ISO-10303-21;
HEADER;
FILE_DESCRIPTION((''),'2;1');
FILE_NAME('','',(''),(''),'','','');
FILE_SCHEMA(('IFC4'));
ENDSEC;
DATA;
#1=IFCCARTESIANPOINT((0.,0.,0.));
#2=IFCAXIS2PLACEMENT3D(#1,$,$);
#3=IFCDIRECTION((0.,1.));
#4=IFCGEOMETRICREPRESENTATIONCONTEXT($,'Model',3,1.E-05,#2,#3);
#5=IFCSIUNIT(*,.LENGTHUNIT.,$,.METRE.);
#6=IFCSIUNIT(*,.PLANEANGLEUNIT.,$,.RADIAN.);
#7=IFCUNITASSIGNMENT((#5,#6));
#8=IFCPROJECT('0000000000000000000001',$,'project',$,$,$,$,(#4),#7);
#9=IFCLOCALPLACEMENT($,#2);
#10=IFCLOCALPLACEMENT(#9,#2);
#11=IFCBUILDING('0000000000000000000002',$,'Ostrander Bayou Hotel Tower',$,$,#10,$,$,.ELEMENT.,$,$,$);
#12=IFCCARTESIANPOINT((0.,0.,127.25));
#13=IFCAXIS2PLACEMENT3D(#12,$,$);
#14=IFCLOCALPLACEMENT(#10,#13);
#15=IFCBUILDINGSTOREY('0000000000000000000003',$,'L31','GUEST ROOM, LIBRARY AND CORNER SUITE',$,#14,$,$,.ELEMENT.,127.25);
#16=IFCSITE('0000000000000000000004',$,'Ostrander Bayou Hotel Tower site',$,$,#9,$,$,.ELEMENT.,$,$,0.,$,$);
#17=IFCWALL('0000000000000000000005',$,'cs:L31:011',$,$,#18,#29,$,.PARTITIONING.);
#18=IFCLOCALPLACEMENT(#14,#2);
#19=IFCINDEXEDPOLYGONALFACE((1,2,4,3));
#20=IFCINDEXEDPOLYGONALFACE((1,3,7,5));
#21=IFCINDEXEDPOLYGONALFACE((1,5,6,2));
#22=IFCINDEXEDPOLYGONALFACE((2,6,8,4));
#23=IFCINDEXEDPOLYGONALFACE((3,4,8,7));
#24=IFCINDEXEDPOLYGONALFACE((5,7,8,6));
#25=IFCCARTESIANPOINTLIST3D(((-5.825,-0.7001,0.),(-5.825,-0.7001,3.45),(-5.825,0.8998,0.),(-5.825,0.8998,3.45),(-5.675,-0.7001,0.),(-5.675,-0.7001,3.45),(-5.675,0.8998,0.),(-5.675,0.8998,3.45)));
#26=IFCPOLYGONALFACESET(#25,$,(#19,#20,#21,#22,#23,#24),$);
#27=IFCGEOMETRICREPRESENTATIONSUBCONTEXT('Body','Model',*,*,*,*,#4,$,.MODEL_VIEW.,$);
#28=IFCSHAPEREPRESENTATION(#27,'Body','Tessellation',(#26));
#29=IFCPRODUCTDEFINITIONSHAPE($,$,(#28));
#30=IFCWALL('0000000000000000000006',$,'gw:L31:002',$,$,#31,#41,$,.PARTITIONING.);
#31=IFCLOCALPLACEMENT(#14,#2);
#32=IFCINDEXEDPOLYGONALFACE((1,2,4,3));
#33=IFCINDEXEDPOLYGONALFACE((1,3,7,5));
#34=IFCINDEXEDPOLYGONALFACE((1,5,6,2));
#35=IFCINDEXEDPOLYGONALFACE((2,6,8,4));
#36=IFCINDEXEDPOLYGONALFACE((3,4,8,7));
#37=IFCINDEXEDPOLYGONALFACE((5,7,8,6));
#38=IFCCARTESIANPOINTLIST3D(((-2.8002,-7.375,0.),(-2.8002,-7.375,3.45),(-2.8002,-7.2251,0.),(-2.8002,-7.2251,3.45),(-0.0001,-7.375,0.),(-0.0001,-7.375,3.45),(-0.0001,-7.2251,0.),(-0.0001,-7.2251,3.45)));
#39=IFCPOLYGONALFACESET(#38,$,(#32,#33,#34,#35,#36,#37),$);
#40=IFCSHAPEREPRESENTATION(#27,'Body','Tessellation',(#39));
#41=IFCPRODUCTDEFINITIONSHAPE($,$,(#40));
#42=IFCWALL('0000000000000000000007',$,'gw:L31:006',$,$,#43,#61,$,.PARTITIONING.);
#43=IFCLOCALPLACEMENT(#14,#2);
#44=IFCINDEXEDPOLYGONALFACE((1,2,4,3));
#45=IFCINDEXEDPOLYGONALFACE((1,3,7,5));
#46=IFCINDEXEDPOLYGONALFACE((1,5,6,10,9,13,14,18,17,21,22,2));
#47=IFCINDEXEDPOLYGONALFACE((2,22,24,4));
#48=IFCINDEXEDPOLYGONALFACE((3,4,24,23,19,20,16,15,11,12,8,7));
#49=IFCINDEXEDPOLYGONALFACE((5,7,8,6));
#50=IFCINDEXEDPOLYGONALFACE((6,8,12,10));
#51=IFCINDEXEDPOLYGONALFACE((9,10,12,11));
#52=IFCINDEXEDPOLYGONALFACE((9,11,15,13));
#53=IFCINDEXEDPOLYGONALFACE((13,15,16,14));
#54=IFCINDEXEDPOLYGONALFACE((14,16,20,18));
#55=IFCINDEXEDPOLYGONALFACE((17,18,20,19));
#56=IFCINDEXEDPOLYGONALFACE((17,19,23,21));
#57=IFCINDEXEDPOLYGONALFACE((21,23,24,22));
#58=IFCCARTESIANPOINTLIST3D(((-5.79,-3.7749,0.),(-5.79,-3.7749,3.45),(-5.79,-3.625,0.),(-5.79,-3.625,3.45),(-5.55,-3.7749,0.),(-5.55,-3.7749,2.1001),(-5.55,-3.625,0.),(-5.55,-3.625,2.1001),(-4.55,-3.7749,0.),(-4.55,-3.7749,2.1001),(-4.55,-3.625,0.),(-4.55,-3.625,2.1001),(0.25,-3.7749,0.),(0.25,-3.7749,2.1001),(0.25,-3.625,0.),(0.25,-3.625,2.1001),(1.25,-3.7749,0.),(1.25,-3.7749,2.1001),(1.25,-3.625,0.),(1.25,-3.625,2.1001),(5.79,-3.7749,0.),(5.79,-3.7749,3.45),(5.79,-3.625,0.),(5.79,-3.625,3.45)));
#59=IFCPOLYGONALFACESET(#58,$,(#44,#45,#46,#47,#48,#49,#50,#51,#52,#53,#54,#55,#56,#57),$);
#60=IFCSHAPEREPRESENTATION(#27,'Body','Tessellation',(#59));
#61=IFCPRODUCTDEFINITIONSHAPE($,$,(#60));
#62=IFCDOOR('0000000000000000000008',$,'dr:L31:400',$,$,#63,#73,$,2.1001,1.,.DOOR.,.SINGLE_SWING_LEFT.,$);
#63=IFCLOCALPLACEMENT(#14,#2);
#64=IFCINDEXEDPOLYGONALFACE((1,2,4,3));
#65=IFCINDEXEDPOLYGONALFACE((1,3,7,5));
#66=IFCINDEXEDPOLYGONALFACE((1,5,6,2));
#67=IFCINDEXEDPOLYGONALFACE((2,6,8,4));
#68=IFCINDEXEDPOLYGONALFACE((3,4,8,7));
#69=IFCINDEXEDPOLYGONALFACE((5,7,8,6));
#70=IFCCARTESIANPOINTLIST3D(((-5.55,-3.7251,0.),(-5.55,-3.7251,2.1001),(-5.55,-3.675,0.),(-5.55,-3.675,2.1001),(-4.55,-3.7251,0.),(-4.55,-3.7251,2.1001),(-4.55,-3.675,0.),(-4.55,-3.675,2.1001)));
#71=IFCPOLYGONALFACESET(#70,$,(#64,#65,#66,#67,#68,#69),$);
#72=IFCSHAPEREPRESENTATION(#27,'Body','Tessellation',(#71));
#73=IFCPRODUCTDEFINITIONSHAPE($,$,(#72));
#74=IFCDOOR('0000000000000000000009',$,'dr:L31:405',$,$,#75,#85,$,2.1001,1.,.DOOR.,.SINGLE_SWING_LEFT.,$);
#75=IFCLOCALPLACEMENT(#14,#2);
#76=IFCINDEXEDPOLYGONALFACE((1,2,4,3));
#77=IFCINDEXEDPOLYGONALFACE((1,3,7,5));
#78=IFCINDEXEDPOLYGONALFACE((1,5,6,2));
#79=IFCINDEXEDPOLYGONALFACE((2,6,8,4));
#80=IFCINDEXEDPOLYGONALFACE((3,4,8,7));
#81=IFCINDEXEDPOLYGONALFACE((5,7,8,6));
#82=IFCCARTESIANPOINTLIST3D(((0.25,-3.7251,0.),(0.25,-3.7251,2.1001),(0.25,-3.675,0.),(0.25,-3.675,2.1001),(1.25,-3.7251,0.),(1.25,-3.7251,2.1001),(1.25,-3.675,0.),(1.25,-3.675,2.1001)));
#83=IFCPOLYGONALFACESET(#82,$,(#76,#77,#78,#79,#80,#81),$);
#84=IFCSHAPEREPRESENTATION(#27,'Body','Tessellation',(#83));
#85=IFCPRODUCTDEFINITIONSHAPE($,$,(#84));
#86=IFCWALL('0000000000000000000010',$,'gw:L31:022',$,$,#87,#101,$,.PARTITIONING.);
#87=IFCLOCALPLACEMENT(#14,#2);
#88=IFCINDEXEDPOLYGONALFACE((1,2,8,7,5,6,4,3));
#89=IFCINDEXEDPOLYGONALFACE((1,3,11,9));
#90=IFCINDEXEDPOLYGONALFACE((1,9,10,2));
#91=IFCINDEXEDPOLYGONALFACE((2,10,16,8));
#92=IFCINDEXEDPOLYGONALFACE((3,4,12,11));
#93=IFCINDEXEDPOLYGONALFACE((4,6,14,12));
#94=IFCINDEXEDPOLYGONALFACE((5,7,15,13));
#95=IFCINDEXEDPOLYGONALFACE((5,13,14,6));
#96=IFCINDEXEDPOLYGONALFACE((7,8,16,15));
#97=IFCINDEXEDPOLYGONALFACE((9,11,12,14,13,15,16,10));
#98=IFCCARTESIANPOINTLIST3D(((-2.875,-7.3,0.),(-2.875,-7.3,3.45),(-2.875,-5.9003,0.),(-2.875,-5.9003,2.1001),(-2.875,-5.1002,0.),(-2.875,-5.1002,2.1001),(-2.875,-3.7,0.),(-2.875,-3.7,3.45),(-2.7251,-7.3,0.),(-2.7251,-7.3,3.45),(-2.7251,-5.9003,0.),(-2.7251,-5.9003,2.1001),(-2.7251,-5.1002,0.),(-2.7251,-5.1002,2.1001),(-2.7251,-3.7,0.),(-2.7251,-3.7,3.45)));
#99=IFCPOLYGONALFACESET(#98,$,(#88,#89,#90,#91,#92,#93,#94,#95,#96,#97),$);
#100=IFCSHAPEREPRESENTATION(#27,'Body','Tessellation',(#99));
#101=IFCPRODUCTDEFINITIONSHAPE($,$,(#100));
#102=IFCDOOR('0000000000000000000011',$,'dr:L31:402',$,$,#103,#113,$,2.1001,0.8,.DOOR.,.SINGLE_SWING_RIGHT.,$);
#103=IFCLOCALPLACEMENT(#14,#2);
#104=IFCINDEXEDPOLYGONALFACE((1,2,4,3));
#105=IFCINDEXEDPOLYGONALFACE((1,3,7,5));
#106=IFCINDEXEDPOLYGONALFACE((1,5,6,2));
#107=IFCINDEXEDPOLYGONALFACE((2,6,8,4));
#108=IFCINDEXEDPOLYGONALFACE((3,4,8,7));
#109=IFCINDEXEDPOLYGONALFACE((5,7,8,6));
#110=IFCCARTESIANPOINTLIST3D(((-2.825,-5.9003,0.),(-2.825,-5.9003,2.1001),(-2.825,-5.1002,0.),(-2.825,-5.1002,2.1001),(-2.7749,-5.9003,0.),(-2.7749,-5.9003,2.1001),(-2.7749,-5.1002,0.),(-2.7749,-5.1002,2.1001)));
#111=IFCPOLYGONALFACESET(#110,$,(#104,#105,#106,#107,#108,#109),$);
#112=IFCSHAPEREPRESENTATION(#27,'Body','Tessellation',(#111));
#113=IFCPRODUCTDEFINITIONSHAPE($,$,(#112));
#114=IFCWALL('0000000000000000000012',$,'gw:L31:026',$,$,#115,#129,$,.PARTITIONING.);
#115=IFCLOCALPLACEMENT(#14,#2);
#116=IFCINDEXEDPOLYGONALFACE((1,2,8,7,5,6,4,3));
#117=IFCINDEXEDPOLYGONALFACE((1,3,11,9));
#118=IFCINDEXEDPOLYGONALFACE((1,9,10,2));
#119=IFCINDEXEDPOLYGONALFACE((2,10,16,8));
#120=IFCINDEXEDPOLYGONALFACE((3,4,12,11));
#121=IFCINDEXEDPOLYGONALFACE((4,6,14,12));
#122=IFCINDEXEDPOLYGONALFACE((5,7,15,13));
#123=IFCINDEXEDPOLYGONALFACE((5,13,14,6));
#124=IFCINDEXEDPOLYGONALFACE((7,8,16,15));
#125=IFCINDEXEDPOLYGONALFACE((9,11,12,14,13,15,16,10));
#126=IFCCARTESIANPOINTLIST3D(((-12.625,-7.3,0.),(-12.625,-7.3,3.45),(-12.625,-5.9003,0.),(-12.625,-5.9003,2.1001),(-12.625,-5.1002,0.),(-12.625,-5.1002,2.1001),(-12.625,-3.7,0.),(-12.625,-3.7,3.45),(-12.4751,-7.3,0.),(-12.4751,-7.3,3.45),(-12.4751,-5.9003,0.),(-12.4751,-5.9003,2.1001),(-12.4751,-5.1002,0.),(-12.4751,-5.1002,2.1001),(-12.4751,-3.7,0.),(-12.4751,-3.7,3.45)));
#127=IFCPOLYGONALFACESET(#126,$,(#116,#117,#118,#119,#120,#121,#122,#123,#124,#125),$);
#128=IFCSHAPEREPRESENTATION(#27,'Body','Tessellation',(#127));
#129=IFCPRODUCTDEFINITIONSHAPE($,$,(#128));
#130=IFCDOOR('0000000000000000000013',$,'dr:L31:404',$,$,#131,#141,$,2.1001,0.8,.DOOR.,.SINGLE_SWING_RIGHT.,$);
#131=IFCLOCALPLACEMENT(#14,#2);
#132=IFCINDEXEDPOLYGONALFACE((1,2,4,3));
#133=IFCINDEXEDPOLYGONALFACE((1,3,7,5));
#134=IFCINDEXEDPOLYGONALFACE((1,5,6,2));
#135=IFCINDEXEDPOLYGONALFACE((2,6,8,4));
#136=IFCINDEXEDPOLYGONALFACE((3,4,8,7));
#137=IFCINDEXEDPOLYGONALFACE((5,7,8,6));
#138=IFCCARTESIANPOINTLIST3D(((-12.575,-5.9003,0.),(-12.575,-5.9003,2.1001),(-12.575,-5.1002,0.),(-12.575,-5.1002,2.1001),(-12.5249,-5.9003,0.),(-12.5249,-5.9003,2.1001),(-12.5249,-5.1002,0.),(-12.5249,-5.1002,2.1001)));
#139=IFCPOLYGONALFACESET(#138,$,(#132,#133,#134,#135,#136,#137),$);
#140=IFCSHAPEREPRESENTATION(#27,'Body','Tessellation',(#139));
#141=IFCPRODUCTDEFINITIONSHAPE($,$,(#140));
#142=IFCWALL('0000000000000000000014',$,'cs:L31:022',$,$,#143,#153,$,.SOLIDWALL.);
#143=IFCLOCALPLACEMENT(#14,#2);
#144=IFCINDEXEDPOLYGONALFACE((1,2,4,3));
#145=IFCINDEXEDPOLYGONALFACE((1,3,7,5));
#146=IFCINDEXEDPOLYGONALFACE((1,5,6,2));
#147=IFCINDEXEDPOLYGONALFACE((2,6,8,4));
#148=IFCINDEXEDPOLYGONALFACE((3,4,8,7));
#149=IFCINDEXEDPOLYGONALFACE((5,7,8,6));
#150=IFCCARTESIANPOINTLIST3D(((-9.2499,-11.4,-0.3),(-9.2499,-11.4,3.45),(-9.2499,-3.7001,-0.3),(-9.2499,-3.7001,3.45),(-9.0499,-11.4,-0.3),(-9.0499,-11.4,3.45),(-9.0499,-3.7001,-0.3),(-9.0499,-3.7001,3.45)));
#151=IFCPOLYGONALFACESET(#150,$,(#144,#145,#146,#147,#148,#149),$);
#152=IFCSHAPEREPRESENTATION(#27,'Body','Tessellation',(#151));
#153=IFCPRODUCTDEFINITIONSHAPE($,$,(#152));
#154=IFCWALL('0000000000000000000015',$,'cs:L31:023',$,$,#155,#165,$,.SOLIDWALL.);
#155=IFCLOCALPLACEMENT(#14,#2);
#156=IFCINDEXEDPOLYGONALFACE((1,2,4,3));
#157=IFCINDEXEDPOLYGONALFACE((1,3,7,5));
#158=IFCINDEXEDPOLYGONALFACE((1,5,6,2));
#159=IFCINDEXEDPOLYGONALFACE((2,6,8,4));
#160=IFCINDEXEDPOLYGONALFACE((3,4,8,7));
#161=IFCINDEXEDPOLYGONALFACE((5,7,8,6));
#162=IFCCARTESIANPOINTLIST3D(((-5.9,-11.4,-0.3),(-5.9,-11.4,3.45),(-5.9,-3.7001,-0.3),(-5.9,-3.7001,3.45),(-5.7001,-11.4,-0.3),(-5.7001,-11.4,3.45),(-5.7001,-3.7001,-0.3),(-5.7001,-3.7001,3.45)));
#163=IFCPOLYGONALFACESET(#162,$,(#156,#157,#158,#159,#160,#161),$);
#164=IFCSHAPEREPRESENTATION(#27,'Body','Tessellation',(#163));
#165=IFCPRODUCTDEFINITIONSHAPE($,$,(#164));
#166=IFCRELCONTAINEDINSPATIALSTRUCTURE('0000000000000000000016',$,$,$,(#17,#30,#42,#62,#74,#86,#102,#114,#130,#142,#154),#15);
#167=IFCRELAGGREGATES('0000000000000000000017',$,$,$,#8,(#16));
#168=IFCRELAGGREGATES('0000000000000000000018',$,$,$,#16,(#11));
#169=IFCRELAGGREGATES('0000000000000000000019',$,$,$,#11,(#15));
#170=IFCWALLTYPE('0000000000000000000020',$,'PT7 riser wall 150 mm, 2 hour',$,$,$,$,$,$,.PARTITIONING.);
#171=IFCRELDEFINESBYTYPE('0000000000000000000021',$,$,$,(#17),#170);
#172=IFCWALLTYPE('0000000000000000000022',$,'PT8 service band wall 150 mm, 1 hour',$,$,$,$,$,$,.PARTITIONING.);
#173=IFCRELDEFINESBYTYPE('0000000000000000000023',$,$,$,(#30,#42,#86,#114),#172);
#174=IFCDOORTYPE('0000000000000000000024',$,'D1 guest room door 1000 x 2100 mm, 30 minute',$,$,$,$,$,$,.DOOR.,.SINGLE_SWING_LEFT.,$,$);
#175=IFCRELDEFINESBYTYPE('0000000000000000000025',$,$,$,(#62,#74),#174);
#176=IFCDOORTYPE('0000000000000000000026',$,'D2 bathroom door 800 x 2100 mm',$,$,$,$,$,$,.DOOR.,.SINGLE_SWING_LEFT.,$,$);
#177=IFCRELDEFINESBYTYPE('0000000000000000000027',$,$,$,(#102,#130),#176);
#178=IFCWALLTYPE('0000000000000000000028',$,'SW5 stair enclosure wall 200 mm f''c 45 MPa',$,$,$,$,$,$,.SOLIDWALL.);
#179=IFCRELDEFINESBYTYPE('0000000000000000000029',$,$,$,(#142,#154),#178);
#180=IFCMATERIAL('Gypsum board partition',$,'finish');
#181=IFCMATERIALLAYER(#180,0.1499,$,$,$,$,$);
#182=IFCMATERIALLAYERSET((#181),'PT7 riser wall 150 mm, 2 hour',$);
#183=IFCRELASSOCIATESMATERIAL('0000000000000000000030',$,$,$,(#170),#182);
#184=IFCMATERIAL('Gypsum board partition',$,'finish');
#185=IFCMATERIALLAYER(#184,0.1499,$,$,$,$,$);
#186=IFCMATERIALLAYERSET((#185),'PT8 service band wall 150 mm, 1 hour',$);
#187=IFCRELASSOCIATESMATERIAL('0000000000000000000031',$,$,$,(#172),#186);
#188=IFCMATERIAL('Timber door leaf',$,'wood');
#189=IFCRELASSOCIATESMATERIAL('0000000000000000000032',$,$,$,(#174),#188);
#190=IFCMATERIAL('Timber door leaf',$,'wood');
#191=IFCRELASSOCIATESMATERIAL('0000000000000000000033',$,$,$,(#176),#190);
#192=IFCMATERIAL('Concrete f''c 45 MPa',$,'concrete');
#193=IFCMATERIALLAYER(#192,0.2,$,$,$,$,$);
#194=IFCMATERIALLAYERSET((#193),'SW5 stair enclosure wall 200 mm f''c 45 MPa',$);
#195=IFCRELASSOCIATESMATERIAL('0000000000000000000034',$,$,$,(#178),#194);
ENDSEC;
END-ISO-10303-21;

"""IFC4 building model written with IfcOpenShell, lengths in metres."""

from ifc_helpers import new_model, si_unit, direction, frame, frame_2d, origin, place, context, subcontext, project, spatial, rectangle, extrude, material, layer, layer_set, type_object, element, fill, save


model = new_model("IFC4")

# Units and contexts
model_context = context("Model", 3, precision=1e-05, world=origin(), true_north=direction((0.0, 1.0)))
body_context = subcontext(model_context, "Body", "Model", "MODEL_VIEW")
ifc_project = project(units=[si_unit("LENGTHUNIT", "METRE"), si_unit("PLANEANGLEUNIT", "RADIAN")], contexts=[model_context])

# Site, building, storey
site_placement = place(None, origin())
site = spatial("IfcSite", under=ifc_project, at=site_placement, Name="Ostrander Bayou Hotel Tower site", CompositionType="ELEMENT", RefElevation=0.0)
building_placement = place(site_placement, origin())
building = spatial("IfcBuilding", under=site, at=building_placement, Name="Ostrander Bayou Hotel Tower", CompositionType="ELEMENT")
storey_placement = place(building_placement, frame((0.0, 0.0, 127.25)))
storey = spatial("IfcBuildingStorey", under=building, at=storey_placement, Name="L31", Description="GUEST ROOM, LIBRARY AND CORNER SUITE", CompositionType="ELEMENT", Elevation=127.25)

# Walls
ifc_material_1 = material(Name="Gypsum board partition", Category="finish")
ifc_layer_1 = layer(ifc_material_1, 0.1499)
ifc_layer_set_1 = layer_set([ifc_layer_1], Name="PT7 riser wall 150 mm, 2 hour")
wall_type_1 = type_object("IfcWallType", Name="PT7 riser wall 150 mm, 2 hour", PredefinedType="PARTITIONING", material=ifc_layer_set_1)
wall_1_placement = place(storey_placement, frame((-5.75, -0.7, 0.0), z_axis=(0.0, 0.0, 1.0), x_axis=(0.0, 1.0, 0.0)))
element("IfcWall", 1, at=wall_1_placement, inside=storey, type_object=wall_type_1, Name="cs:L31:011", PredefinedType="PARTITIONING", context=body_context, shape_type="SweptSolid", body=[
    extrude(rectangle(XDim=1.5999, YDim=0.1499, at=frame_2d((0.7998, 0.0))), origin(), (0.0, 0.0, 1.0), 3.45),
])
ifc_material_2 = material(Name="Gypsum board partition", Category="finish")
ifc_layer_2 = layer(ifc_material_2, 0.1499)
ifc_layer_set_2 = layer_set([ifc_layer_2], Name="PT8 service band wall 150 mm, 1 hour")
wall_type_2 = type_object("IfcWallType", Name="PT8 service band wall 150 mm, 1 hour", PredefinedType="PARTITIONING", material=ifc_layer_set_2)
wall_2_placement = place(storey_placement, frame((-2.8, -7.3, 0.0), z_axis=(0.0, 0.0, 1.0), x_axis=(1.0, 0.0, 0.0)))
element("IfcWall", 2, at=wall_2_placement, inside=storey, type_object=wall_type_2, Name="gw:L31:002", PredefinedType="PARTITIONING", context=body_context, shape_type="SweptSolid", body=[
    extrude(rectangle(XDim=2.8, YDim=0.1499, at=frame_2d((1.3999, 0.0))), origin(), (0.0, 0.0, 1.0), 3.45),
])

# Wall, openings, doors
wall_3_placement = place(storey_placement, frame((-5.79, -3.7, 0.0), z_axis=(0.0, 0.0, 1.0), x_axis=(1.0, 0.0, 0.0)))
wall_3 = element("IfcWall", 3, at=wall_3_placement, inside=storey, type_object=wall_type_2, Name="gw:L31:006", PredefinedType="PARTITIONING", context=body_context, shape_type="SweptSolid", body=[
    extrude(rectangle(XDim=11.5801, YDim=0.1499, at=frame_2d((5.79, 0.0))), origin(), (0.0, 0.0, 1.0), 3.45),
])
opening_1_placement = place(wall_3_placement, frame((0.24, 0.0, 0.0)))
opening_1 = element("IfcOpeningElement", 4, at=opening_1_placement, cuts=wall_3, PredefinedType="OPENING", context=body_context, shape_type="SweptSolid", body=[
    extrude(rectangle(XDim=1.0, YDim=2.1001, at=frame_2d((0.5, 1.05))), frame((0.0, 0.075, 0.0), z_axis=(0.0, -1.0, 0.0), x_axis=(1.0, 0.0, 0.0)), (0.0, 0.0, 1.0), 0.1499),
])
opening_2_placement = place(wall_3_placement, frame((6.04, 0.0, 0.0)))
opening_2 = element("IfcOpeningElement", 5, at=opening_2_placement, cuts=wall_3, PredefinedType="OPENING", context=body_context, shape_type="SweptSolid", body=[
    extrude(rectangle(XDim=1.0, YDim=2.1001, at=frame_2d((0.5, 1.05))), frame((0.0, 0.075, 0.0), z_axis=(0.0, -1.0, 0.0), x_axis=(1.0, 0.0, 0.0)), (0.0, 0.0, 1.0), 0.1499),
])
ifc_material_3 = material(Name="Timber door leaf", Category="wood")
door_type_1 = type_object("IfcDoorType", Name="D1 guest room door 1000 x 2100 mm, 30 minute", OperationType="SINGLE_SWING_LEFT", PredefinedType="DOOR", material=ifc_material_3)
door_1_placement = place(opening_1_placement, origin())
door_1 = element("IfcDoor", 6, at=door_1_placement, inside=storey, type_object=door_type_1, Name="dr:L31:400", OperationType="SINGLE_SWING_LEFT", OverallHeight=2.1001, OverallWidth=1.0, PredefinedType="DOOR", context=body_context, shape_type="SweptSolid", body=[
    extrude(rectangle(XDim=1.0, YDim=2.1001, at=frame_2d((0.5, 1.05))), frame((0.0, 0.0249, 0.0), z_axis=(0.0, -1.0, 0.0), x_axis=(1.0, 0.0, 0.0)), (0.0, 0.0, 1.0), 0.05),
])
fill(opening_1, door_1)
door_2_placement = place(opening_2_placement, origin())
door_2 = element("IfcDoor", 7, at=door_2_placement, inside=storey, type_object=door_type_1, Name="dr:L31:405", OperationType="SINGLE_SWING_LEFT", OverallHeight=2.1001, OverallWidth=1.0, PredefinedType="DOOR", context=body_context, shape_type="SweptSolid", body=[
    extrude(rectangle(XDim=1.0, YDim=2.1001, at=frame_2d((0.5, 1.05))), frame((0.0, 0.0249, 0.0), z_axis=(0.0, -1.0, 0.0), x_axis=(1.0, 0.0, 0.0)), (0.0, 0.0, 1.0), 0.05),
])
fill(opening_2, door_2)

# Walls, openings, doors
wall_4_placement = place(storey_placement, frame((-2.8, -7.3, 0.0), z_axis=(0.0, 0.0, 1.0), x_axis=(0.0, 1.0, 0.0)))
wall_4 = element("IfcWall", 8, at=wall_4_placement, inside=storey, type_object=wall_type_2, Name="gw:L31:022", PredefinedType="PARTITIONING", context=body_context, shape_type="SweptSolid", body=[
    extrude(rectangle(XDim=3.6001, YDim=0.1499, at=frame_2d((1.8, 0.0))), origin(), (0.0, 0.0, 1.0), 3.45),
])
opening_3_placement = place(wall_4_placement, frame((1.3999, 0.0, 0.0)))
opening_3 = element("IfcOpeningElement", 9, at=opening_3_placement, cuts=wall_4, PredefinedType="OPENING", context=body_context, shape_type="SweptSolid", body=[
    extrude(rectangle(XDim=0.8, YDim=2.1001, at=frame_2d((0.3999, 1.05))), frame((0.0, 0.075, 0.0), z_axis=(0.0, -1.0, 0.0), x_axis=(1.0, 0.0, 0.0)), (0.0, 0.0, 1.0), 0.1499),
])
ifc_material_4 = material(Name="Timber door leaf", Category="wood")
door_type_2 = type_object("IfcDoorType", Name="D2 bathroom door 800 x 2100 mm", OperationType="SINGLE_SWING_LEFT", PredefinedType="DOOR", material=ifc_material_4)
door_3_placement = place(opening_3_placement, origin())
door_3 = element("IfcDoor", 10, at=door_3_placement, inside=storey, type_object=door_type_2, Name="dr:L31:402", OperationType="SINGLE_SWING_RIGHT", OverallHeight=2.1001, OverallWidth=0.8, PredefinedType="DOOR", context=body_context, shape_type="SweptSolid", body=[
    extrude(rectangle(XDim=0.8, YDim=2.1001, at=frame_2d((0.3999, 1.05))), frame((0.0, 0.0249, 0.0), z_axis=(0.0, -1.0, 0.0), x_axis=(1.0, 0.0, 0.0)), (0.0, 0.0, 1.0), 0.05),
])
fill(opening_3, door_3)
wall_5_placement = place(storey_placement, frame((-12.55, -7.3, 0.0), z_axis=(0.0, 0.0, 1.0), x_axis=(0.0, 1.0, 0.0)))
wall_5 = element("IfcWall", 11, at=wall_5_placement, inside=storey, type_object=wall_type_2, Name="gw:L31:026", PredefinedType="PARTITIONING", context=body_context, shape_type="SweptSolid", body=[
    extrude(rectangle(XDim=3.6001, YDim=0.1499, at=frame_2d((1.8, 0.0))), origin(), (0.0, 0.0, 1.0), 3.45),
])
opening_4_placement = place(wall_5_placement, frame((1.3999, 0.0, 0.0)))
opening_4 = element("IfcOpeningElement", 12, at=opening_4_placement, cuts=wall_5, PredefinedType="OPENING", context=body_context, shape_type="SweptSolid", body=[
    extrude(rectangle(XDim=0.8, YDim=2.1001, at=frame_2d((0.3999, 1.05))), frame((0.0, 0.075, 0.0), z_axis=(0.0, -1.0, 0.0), x_axis=(1.0, 0.0, 0.0)), (0.0, 0.0, 1.0), 0.1499),
])
door_4_placement = place(opening_4_placement, origin())
door_4 = element("IfcDoor", 13, at=door_4_placement, inside=storey, type_object=door_type_2, Name="dr:L31:404", OperationType="SINGLE_SWING_RIGHT", OverallHeight=2.1001, OverallWidth=0.8, PredefinedType="DOOR", context=body_context, shape_type="SweptSolid", body=[
    extrude(rectangle(XDim=0.8, YDim=2.1001, at=frame_2d((0.3999, 1.05))), frame((0.0, 0.0249, 0.0), z_axis=(0.0, -1.0, 0.0), x_axis=(1.0, 0.0, 0.0)), (0.0, 0.0, 1.0), 0.05),
])
fill(opening_4, door_4)
ifc_material_5 = material(Name="Concrete f'c 45 MPa", Category="concrete")
ifc_layer_3 = layer(ifc_material_5, 0.2)
ifc_layer_set_3 = layer_set([ifc_layer_3], Name="SW5 stair enclosure wall 200 mm f'c 45 MPa")
wall_type_3 = type_object("IfcWallType", Name="SW5 stair enclosure wall 200 mm f'c 45 MPa", PredefinedType="SOLIDWALL", material=ifc_layer_set_3)

# Walls
for number, where, z_axis, x_axis, name in (
    (14, (-9.1499, -3.7, -0.3), (0.0, 0.0, 1.0), (0.0, -1.0, 0.0), "cs:L31:022"),
    (15, (-5.8, -3.7, -0.3), (0.0, 0.0, 1.0), (0.0, -1.0, 0.0), "cs:L31:023"),
):
    element("IfcWall", number, at=place(storey_placement, frame(where, z_axis=z_axis, x_axis=x_axis)), inside=storey, type_object=wall_type_3, Name=name, PredefinedType="SOLIDWALL", context=body_context, shape_type="SweptSolid", body=[
        extrude(rectangle(XDim=7.7, YDim=0.2, at=frame_2d((3.8501, 0.0))), origin(), (0.0, 0.0, 1.0), 3.75),
    ])

save(model, "model.ifc")
